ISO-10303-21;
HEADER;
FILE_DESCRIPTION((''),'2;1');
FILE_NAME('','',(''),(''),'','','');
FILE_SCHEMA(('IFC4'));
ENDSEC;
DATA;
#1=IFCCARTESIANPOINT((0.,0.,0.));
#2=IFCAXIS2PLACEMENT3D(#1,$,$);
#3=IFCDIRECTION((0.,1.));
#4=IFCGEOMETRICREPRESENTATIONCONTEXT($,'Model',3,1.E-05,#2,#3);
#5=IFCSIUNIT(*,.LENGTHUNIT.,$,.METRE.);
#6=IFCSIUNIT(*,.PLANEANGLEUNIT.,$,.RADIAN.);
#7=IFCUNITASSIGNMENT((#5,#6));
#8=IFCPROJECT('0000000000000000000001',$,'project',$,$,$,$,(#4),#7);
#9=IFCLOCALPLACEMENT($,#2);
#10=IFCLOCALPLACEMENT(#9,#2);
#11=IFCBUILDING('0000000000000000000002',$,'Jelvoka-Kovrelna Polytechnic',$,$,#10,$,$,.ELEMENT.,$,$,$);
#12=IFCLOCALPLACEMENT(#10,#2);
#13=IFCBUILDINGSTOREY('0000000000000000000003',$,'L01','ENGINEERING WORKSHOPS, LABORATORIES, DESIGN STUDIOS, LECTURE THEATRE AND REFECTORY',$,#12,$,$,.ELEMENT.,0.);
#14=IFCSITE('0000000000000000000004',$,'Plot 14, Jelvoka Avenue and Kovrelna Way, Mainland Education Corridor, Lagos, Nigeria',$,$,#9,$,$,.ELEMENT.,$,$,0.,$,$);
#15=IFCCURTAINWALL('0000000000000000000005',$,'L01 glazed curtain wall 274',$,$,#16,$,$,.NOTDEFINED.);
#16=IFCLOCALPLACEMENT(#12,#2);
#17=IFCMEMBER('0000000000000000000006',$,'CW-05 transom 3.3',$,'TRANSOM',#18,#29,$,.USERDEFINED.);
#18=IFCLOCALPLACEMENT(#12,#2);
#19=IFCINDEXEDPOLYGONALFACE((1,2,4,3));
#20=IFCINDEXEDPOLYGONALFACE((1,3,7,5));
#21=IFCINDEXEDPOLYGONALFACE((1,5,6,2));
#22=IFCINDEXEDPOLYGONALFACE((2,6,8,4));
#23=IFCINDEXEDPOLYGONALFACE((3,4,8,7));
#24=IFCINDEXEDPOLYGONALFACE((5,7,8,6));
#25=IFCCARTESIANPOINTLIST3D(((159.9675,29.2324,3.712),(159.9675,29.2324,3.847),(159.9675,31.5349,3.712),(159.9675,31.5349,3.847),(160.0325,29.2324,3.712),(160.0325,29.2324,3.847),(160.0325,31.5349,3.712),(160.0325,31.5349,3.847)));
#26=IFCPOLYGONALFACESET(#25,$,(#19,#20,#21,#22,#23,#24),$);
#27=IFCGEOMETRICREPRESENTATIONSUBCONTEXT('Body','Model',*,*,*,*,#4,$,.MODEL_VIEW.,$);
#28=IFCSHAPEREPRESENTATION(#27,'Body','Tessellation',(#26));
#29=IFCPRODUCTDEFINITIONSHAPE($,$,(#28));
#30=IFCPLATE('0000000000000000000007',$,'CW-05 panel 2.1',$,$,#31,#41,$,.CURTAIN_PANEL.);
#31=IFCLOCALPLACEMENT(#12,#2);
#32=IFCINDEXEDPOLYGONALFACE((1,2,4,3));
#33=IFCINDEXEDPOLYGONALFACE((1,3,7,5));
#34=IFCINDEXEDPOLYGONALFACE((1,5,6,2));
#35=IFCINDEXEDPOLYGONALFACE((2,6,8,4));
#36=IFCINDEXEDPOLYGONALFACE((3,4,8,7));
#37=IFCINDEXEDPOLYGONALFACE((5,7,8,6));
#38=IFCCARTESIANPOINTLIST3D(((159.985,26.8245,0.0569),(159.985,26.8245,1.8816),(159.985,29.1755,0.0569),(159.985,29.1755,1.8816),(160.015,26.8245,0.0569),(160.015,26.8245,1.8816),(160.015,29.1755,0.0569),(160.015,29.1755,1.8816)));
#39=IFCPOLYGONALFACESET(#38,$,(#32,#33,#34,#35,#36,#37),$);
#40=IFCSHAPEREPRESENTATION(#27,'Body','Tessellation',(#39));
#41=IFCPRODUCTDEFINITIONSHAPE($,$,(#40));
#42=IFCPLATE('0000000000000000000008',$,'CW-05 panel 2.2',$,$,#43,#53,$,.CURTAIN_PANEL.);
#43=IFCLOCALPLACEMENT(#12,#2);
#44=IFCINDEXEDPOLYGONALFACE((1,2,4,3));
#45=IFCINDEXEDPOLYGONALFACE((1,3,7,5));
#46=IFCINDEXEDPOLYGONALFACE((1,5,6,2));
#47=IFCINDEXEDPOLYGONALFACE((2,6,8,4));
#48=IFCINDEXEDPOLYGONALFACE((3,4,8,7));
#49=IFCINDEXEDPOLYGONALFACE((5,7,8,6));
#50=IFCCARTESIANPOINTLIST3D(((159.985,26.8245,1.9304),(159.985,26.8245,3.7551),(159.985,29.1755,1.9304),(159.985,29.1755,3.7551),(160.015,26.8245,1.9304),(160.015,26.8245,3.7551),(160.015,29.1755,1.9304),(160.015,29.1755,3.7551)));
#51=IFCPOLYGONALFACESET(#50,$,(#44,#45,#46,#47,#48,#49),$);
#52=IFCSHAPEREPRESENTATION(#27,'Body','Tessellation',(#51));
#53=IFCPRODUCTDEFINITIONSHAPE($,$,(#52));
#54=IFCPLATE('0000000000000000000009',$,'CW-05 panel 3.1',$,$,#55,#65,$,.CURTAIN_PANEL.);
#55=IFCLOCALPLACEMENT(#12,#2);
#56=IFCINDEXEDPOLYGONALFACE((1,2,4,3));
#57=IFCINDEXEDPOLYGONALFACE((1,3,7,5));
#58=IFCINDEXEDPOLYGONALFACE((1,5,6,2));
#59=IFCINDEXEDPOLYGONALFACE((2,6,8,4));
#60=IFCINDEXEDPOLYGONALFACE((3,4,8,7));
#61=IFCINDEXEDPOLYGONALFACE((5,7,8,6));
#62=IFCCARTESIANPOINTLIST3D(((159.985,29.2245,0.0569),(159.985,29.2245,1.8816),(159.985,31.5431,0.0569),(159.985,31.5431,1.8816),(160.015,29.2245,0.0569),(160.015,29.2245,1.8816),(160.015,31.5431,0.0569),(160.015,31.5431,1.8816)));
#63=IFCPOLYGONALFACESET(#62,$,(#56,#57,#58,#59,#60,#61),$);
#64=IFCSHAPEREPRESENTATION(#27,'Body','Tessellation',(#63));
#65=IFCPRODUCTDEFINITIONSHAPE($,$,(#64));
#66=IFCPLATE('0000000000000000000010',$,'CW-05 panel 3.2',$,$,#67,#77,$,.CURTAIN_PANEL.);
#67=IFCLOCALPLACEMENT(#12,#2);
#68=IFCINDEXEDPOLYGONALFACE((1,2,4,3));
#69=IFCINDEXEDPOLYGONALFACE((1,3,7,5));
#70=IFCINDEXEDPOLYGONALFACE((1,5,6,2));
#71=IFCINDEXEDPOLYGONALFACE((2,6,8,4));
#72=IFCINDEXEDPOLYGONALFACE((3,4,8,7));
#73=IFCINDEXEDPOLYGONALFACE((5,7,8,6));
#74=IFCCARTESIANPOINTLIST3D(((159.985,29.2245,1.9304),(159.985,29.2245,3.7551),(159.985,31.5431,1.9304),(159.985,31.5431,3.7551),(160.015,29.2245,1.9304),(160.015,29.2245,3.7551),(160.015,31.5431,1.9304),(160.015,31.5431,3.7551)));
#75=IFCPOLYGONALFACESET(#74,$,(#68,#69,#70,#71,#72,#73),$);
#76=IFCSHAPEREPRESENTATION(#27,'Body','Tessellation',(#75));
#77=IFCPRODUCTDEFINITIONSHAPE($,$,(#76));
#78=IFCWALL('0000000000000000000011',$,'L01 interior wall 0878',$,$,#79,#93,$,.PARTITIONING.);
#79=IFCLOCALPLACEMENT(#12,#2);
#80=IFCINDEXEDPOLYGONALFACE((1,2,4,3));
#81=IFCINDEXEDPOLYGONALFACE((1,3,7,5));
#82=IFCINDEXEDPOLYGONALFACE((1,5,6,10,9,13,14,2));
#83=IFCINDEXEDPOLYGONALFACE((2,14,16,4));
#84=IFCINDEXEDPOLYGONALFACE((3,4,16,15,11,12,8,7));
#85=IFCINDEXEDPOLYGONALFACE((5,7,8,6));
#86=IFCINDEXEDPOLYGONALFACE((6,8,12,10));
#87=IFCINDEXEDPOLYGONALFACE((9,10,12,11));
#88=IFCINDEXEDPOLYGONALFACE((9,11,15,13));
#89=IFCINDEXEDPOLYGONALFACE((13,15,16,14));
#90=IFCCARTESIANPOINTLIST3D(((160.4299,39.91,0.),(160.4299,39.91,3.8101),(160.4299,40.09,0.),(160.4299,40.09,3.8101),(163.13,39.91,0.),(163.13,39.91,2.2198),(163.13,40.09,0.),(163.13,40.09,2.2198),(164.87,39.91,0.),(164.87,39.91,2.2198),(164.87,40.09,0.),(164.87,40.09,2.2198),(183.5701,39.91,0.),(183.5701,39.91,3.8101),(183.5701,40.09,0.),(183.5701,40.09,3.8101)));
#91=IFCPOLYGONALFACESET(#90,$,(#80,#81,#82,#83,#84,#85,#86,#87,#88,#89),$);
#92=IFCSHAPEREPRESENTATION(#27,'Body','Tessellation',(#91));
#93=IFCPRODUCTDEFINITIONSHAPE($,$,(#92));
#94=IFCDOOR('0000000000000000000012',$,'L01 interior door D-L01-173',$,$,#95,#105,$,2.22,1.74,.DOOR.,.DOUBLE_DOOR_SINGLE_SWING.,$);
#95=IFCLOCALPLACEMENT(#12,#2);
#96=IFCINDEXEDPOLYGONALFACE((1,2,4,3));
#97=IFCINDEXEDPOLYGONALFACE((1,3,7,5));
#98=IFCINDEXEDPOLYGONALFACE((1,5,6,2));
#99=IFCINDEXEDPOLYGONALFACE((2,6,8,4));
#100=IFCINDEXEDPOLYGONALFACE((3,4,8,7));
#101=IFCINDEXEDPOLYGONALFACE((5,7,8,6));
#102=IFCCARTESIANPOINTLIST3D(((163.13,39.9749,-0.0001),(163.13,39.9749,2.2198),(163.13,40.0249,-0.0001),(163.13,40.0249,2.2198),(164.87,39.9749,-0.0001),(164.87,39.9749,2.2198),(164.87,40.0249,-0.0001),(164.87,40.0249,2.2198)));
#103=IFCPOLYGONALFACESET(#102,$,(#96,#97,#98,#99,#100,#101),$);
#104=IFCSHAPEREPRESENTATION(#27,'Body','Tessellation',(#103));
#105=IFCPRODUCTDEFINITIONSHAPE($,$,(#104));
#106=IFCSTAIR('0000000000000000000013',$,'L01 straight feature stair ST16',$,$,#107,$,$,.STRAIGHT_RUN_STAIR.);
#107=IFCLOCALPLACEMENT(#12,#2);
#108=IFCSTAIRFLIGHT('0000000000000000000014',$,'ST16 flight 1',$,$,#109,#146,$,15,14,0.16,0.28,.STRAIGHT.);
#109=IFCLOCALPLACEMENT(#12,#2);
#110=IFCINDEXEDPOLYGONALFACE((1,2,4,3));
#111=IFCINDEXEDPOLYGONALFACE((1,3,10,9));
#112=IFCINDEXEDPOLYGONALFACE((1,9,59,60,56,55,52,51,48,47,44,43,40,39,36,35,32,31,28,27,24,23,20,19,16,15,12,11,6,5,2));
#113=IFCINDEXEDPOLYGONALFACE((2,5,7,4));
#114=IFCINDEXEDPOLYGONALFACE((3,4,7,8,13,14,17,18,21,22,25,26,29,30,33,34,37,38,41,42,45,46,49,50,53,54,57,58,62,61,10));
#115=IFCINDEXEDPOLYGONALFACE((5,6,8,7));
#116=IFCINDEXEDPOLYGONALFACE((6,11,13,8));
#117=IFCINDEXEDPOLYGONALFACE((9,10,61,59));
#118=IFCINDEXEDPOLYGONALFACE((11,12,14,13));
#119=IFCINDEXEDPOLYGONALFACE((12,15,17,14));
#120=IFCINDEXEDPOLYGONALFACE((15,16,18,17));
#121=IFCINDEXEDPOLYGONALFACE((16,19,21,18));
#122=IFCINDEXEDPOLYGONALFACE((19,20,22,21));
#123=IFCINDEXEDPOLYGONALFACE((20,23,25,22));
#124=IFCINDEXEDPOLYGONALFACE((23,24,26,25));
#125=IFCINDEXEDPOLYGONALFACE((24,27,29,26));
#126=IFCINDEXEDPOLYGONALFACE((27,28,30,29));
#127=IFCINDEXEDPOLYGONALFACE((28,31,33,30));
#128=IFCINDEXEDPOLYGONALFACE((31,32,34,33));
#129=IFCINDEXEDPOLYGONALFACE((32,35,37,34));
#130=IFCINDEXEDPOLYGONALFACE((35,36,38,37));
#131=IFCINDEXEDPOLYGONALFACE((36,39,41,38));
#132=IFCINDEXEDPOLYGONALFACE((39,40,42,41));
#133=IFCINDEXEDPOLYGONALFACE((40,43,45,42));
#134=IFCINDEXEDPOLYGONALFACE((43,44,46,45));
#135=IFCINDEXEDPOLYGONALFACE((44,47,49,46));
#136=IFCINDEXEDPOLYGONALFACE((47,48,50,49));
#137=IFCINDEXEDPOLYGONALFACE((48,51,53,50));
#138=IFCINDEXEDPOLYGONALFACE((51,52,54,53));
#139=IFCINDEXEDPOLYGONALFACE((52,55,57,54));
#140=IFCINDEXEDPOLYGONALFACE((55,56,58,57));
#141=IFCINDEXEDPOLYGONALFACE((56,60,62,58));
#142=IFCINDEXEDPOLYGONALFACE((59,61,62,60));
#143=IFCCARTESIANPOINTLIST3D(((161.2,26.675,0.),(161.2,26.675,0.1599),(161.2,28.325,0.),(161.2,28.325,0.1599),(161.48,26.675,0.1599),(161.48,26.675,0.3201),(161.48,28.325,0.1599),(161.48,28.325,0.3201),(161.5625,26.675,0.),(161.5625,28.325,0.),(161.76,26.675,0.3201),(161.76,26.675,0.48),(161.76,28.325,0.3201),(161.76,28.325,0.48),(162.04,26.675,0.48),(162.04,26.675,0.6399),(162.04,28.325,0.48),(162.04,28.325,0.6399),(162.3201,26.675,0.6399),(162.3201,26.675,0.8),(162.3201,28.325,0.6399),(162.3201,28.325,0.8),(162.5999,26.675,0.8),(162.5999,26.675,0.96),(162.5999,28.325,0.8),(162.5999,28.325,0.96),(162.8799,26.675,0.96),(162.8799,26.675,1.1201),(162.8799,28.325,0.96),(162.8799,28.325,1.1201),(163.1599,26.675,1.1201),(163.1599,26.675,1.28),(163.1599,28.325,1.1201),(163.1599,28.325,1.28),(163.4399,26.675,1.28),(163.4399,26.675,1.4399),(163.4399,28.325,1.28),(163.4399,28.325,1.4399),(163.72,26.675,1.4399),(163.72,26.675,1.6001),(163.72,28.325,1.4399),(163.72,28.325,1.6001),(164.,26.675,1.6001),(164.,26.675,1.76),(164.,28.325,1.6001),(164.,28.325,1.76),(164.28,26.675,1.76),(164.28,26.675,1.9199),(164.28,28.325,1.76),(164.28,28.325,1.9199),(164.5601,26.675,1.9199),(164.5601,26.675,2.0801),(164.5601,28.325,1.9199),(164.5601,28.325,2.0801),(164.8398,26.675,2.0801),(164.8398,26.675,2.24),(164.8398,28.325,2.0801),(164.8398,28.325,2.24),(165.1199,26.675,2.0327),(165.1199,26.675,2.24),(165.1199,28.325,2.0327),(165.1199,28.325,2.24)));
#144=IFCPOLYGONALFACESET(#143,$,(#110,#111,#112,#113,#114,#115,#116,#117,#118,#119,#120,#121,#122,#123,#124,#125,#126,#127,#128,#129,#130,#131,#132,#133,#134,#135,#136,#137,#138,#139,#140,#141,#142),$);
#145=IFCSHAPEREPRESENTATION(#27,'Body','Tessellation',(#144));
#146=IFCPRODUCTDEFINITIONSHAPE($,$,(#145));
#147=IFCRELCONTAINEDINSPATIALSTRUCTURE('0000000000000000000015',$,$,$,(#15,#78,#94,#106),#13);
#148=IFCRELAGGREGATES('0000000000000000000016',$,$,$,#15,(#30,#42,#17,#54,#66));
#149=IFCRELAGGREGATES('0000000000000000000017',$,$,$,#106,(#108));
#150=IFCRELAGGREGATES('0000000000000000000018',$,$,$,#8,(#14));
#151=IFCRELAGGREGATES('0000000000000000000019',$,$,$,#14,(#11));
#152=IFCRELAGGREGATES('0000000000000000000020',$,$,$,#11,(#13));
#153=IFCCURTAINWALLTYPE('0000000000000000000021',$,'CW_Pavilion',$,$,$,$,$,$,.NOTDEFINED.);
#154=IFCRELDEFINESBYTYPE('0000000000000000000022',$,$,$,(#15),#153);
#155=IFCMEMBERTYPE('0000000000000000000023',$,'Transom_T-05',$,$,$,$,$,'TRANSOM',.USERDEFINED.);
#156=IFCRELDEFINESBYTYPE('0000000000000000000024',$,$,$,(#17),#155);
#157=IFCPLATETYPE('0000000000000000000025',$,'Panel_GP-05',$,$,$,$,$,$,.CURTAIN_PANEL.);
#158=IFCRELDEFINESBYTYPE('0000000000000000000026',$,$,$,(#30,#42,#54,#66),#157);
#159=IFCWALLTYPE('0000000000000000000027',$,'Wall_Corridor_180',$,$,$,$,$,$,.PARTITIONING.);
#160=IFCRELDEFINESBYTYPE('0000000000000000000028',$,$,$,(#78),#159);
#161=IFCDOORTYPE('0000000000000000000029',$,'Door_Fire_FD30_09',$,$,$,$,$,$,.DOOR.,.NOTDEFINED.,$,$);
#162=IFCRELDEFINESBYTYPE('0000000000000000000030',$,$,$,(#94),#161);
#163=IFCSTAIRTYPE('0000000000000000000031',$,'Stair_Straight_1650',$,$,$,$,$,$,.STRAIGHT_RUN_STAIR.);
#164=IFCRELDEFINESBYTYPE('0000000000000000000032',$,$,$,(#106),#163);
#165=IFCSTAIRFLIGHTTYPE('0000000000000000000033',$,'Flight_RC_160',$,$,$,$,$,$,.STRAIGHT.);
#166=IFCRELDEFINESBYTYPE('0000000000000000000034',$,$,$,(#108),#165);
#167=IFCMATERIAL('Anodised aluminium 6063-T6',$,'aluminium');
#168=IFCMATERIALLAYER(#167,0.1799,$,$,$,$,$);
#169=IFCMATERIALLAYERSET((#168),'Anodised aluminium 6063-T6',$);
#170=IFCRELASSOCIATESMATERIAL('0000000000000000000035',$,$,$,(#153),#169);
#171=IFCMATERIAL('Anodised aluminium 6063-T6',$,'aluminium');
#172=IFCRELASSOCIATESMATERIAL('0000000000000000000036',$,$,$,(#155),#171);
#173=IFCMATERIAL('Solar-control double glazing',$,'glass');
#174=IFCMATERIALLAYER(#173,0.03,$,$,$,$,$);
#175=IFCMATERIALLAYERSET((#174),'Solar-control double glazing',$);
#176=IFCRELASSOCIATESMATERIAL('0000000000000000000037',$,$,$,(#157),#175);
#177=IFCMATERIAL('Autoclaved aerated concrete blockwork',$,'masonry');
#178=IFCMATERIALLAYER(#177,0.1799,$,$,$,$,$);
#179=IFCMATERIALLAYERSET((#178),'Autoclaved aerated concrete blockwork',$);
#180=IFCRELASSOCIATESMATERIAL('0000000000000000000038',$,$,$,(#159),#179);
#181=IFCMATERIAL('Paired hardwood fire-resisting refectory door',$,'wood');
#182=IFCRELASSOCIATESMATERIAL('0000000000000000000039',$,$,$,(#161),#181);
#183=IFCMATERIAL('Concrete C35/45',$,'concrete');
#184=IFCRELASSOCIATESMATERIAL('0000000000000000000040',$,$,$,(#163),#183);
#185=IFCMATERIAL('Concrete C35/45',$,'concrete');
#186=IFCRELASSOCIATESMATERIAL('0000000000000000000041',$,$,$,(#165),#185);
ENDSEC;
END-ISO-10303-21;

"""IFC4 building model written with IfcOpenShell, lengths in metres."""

from ifc_helpers import new_model, si_unit, direction, frame, frame_2d, origin, origin_2d, place, context, subcontext, project, spatial, polyline, rectangle, outline, extrude, material, layer, layer_set, material_profile, profile_set, type_object, element, fill, aggregate, save


model = new_model("IFC4")

# Units and contexts
model_context = context("Model", 3, precision=1e-05, world=origin(), true_north=direction((0.0, 1.0)))
body_context = subcontext(model_context, "Body", "Model", "MODEL_VIEW")
ifc_project = project(units=[si_unit("LENGTHUNIT", "METRE"), si_unit("PLANEANGLEUNIT", "RADIAN")], contexts=[model_context])

# Site, building, storey
site_placement = place(None, origin())
site = spatial("IfcSite", under=ifc_project, at=site_placement, Name="Plot 14, Jelvoka Avenue and Kovrelna Way, Mainland Education Corridor, Lagos, Nigeria", CompositionType="ELEMENT", RefElevation=0.0)
building_placement = place(site_placement, origin())
building = spatial("IfcBuilding", under=site, at=building_placement, Name="Jelvoka-Kovrelna Polytechnic", CompositionType="ELEMENT")
storey_placement = place(building_placement, origin())
storey = spatial("IfcBuildingStorey", under=building, at=storey_placement, Name="L01", Description="ENGINEERING WORKSHOPS, LABORATORIES, DESIGN STUDIOS, LECTURE THEATRE AND REFECTORY", CompositionType="ELEMENT", Elevation=0.0)

# Curtain wall
ifc_material_1 = material(Name="Anodised aluminium 6063-T6", Category="aluminium")
ifc_layer_1 = layer(ifc_material_1, 0.1799)
ifc_layer_set_1 = layer_set([ifc_layer_1], Name="Anodised aluminium 6063-T6")
curtain_wall_type = type_object("IfcCurtainWallType", Name="CW_Pavilion", PredefinedType="NOTDEFINED", material=ifc_layer_set_1)
curtain_wall_placement = place(storey_placement, origin())
curtain_wall = element("IfcCurtainWall", 1, at=curtain_wall_placement, inside=storey, type_object=curtain_wall_type, Name="L01 glazed curtain wall 274", PredefinedType="NOTDEFINED")

# Member
ifc_material_2 = material(Name="Anodised aluminium 6063-T6", Category="aluminium")
ifc_material_profile_1 = material_profile(ifc_material_2, rectangle(XDim=0.0649, YDim=0.135, at=origin_2d()), Name="ALU 65x135")
ifc_profile_set_1 = profile_set([ifc_material_profile_1], Name="Anodised aluminium 6063-T6")
member_type_1 = type_object("IfcMemberType", Name="Transom_T-05", ElementType="TRANSOM", PredefinedType="USERDEFINED", material=ifc_profile_set_1)
member_1_placement = place(storey_placement, frame((160.0, 29.2324, 3.7795), z_axis=(0.0, 1.0, 0.0), x_axis=(-1.0, 0.0, 0.0)))
member_1 = element("IfcMember", 2, at=member_1_placement, type_object=member_type_1, Name="CW-05 transom 3.3", ObjectType="TRANSOM", PredefinedType="USERDEFINED", context=body_context, shape_type="SweptSolid", body=[
    extrude(rectangle(XDim=0.0649, YDim=0.135, at=origin_2d()), origin(), (0.0, 0.0, 1.0), 2.3025),
])

# Plates
ifc_material_3 = material(Name="Solar-control double glazing", Category="glass")
ifc_layer_2 = layer(ifc_material_3, 0.03)
ifc_layer_set_2 = layer_set([ifc_layer_2], Name="Solar-control double glazing")
plate_type = type_object("IfcPlateType", Name="Panel_GP-05", PredefinedType="CURTAIN_PANEL", material=ifc_layer_set_2)
plate_1_placement = place(storey_placement, frame((160.0, 28.0, 0.0569), z_axis=(0.0, 0.0, 1.0), x_axis=(0.0, 1.0, 0.0)))
plate_1 = element("IfcPlate", 3, at=plate_1_placement, type_object=plate_type, Name="CW-05 panel 2.1", PredefinedType="CURTAIN_PANEL", context=body_context, shape_type="SweptSolid", body=[
    extrude(rectangle(XDim=2.3511, YDim=0.03, at=origin_2d()), origin(), (0.0, 0.0, 1.0), 1.8247),
])
plate_2_placement = place(storey_placement, frame((160.0, 28.0, 1.9304), z_axis=(0.0, 0.0, 1.0), x_axis=(0.0, 1.0, 0.0)))
plate_2 = element("IfcPlate", 4, at=plate_2_placement, type_object=plate_type, Name="CW-05 panel 2.2", PredefinedType="CURTAIN_PANEL", context=body_context, shape_type="SweptSolid", body=[
    extrude(rectangle(XDim=2.3511, YDim=0.03, at=origin_2d()), origin(), (0.0, 0.0, 1.0), 1.8247),
])
plate_3_placement = place(storey_placement, frame((160.0, 30.3838, 0.0569), z_axis=(0.0, 0.0, 1.0), x_axis=(0.0, 1.0, 0.0)))
plate_3 = element("IfcPlate", 5, at=plate_3_placement, type_object=plate_type, Name="CW-05 panel 3.1", PredefinedType="CURTAIN_PANEL", context=body_context, shape_type="SweptSolid", body=[
    extrude(rectangle(XDim=2.3186, YDim=0.03, at=origin_2d()), origin(), (0.0, 0.0, 1.0), 1.8247),
])
plate_4_placement = place(storey_placement, frame((160.0, 30.3838, 1.9304), z_axis=(0.0, 0.0, 1.0), x_axis=(0.0, 1.0, 0.0)))
plate_4 = element("IfcPlate", 6, at=plate_4_placement, type_object=plate_type, Name="CW-05 panel 3.2", PredefinedType="CURTAIN_PANEL", context=body_context, shape_type="SweptSolid", body=[
    extrude(rectangle(XDim=2.3186, YDim=0.03, at=origin_2d()), origin(), (0.0, 0.0, 1.0), 1.8247),
])
aggregate(curtain_wall, [plate_1, plate_2, member_1, plate_3, plate_4])

# Wall, opening, door
ifc_material_4 = material(Name="Autoclaved aerated concrete blockwork", Category="masonry")
ifc_layer_3 = layer(ifc_material_4, 0.1799)
ifc_layer_set_3 = layer_set([ifc_layer_3], Name="Autoclaved aerated concrete blockwork")
wall_type = type_object("IfcWallType", Name="Wall_Corridor_180", PredefinedType="PARTITIONING", material=ifc_layer_set_3)
wall_placement = place(storey_placement, frame((160.4299, 40.0, 0.0), z_axis=(0.0, 0.0, 1.0), x_axis=(1.0, 0.0, 0.0)))
wall = element("IfcWall", 7, at=wall_placement, inside=storey, type_object=wall_type, Name="L01 interior wall 0878", PredefinedType="PARTITIONING", context=body_context, shape_type="SweptSolid", body=[
    extrude(rectangle(XDim=23.1401, YDim=0.1799, at=frame_2d((11.5701, 0.0))), origin(), (0.0, 0.0, 1.0), 3.8101),
])
opening_placement = place(wall_placement, frame((2.7, 0.0, 0.0)))
opening = element("IfcOpeningElement", 8, at=opening_placement, cuts=wall, PredefinedType="OPENING", context=body_context, shape_type="SweptSolid", body=[
    extrude(rectangle(XDim=1.74, YDim=2.22, at=frame_2d((0.8701, 1.1099))), frame((0.0, 0.0999, 0.0), z_axis=(0.0, -1.0, 0.0), x_axis=(1.0, 0.0, 0.0)), (0.0, 0.0, 1.0), 0.2),
])
ifc_material_5 = material(Name="Paired hardwood fire-resisting refectory door", Category="wood")
door_type = type_object("IfcDoorType", Name="Door_Fire_FD30_09", OperationType="NOTDEFINED", PredefinedType="DOOR", material=ifc_material_5)
door_placement = place(opening_placement, origin())
door = element("IfcDoor", 9, at=door_placement, inside=storey, type_object=door_type, Name="L01 interior door D-L01-173", OperationType="DOUBLE_DOOR_SINGLE_SWING", OverallHeight=2.22, OverallWidth=1.74, PredefinedType="DOOR", context=body_context, shape_type="SweptSolid", body=[
    extrude(rectangle(XDim=1.74, YDim=2.22, at=frame_2d((0.8701, 1.1099))), frame((0.0, 0.0249, 0.0), z_axis=(0.0, -1.0, 0.0), x_axis=(1.0, 0.0, 0.0)), (0.0, 0.0, 1.0), 0.05),
])
fill(opening, door)

# Stair, stair flight
ifc_material_6 = material(Name="Concrete C35/45", Category="concrete")
stair_type = type_object("IfcStairType", Name="Stair_Straight_1650", PredefinedType="STRAIGHT_RUN_STAIR", material=ifc_material_6)
stair_placement = place(storey_placement, origin())
stair = element("IfcStair", 10, at=stair_placement, inside=storey, type_object=stair_type, Name="L01 straight feature stair ST16", PredefinedType="STRAIGHT_RUN_STAIR")
ifc_material_7 = material(Name="Concrete C35/45", Category="concrete")
stair_flight_type = type_object("IfcStairFlightType", Name="Flight_RC_160", PredefinedType="STRAIGHT", material=ifc_material_7)
stair_flight_placement = place(storey_placement, frame((161.2, 27.5, 0.0), z_axis=(0.0, 0.0, 1.0), x_axis=(1.0, 0.0, 0.0)))
stair_flight = element("IfcStairFlight", 11, at=stair_flight_placement, type_object=stair_flight_type, Name="ST16 flight 1", NumberOfRisers=15, NumberOfTreads=14, PredefinedType="STRAIGHT", RiserHeight=0.16, TreadLength=0.28, context=body_context, shape_type="SweptSolid", body=[
    extrude(outline(polyline([(0.0, 0.0), (0.0, 0.1599), (0.28, 0.1599), (0.28, 0.3201), (0.5601, 0.3201), (0.5601, 0.48), (0.8401, 0.48), (0.8401, 0.6399), (1.1201, 0.6399), (1.1201, 0.8), (1.3999, 0.8), (1.3999, 0.96), (1.6799, 0.96), (1.6799, 1.1201), (1.96, 1.1201), (1.96, 1.28), (2.24, 1.28), (2.24, 1.4399), (2.52, 1.4399), (2.52, 1.6001), (2.8, 1.6001), (2.8, 1.76), (3.0801, 1.76), (3.0801, 1.9199), (3.3601, 1.9199), (3.3601, 2.0801), (3.6399, 2.0801), (3.6399, 2.24), (3.9199, 2.24), (3.9199, 2.3999), (3.9199, 2.0327), (0.3625, 0.0), (0.0, 0.0)])), frame((0.0, 0.825, 0.0), z_axis=(0.0, -1.0, 0.0), x_axis=(1.0, 0.0, 0.0)), (0.0, 0.0, 1.0), 1.6499),
])
aggregate(stair, [stair_flight])

save(model, "model.ifc")
